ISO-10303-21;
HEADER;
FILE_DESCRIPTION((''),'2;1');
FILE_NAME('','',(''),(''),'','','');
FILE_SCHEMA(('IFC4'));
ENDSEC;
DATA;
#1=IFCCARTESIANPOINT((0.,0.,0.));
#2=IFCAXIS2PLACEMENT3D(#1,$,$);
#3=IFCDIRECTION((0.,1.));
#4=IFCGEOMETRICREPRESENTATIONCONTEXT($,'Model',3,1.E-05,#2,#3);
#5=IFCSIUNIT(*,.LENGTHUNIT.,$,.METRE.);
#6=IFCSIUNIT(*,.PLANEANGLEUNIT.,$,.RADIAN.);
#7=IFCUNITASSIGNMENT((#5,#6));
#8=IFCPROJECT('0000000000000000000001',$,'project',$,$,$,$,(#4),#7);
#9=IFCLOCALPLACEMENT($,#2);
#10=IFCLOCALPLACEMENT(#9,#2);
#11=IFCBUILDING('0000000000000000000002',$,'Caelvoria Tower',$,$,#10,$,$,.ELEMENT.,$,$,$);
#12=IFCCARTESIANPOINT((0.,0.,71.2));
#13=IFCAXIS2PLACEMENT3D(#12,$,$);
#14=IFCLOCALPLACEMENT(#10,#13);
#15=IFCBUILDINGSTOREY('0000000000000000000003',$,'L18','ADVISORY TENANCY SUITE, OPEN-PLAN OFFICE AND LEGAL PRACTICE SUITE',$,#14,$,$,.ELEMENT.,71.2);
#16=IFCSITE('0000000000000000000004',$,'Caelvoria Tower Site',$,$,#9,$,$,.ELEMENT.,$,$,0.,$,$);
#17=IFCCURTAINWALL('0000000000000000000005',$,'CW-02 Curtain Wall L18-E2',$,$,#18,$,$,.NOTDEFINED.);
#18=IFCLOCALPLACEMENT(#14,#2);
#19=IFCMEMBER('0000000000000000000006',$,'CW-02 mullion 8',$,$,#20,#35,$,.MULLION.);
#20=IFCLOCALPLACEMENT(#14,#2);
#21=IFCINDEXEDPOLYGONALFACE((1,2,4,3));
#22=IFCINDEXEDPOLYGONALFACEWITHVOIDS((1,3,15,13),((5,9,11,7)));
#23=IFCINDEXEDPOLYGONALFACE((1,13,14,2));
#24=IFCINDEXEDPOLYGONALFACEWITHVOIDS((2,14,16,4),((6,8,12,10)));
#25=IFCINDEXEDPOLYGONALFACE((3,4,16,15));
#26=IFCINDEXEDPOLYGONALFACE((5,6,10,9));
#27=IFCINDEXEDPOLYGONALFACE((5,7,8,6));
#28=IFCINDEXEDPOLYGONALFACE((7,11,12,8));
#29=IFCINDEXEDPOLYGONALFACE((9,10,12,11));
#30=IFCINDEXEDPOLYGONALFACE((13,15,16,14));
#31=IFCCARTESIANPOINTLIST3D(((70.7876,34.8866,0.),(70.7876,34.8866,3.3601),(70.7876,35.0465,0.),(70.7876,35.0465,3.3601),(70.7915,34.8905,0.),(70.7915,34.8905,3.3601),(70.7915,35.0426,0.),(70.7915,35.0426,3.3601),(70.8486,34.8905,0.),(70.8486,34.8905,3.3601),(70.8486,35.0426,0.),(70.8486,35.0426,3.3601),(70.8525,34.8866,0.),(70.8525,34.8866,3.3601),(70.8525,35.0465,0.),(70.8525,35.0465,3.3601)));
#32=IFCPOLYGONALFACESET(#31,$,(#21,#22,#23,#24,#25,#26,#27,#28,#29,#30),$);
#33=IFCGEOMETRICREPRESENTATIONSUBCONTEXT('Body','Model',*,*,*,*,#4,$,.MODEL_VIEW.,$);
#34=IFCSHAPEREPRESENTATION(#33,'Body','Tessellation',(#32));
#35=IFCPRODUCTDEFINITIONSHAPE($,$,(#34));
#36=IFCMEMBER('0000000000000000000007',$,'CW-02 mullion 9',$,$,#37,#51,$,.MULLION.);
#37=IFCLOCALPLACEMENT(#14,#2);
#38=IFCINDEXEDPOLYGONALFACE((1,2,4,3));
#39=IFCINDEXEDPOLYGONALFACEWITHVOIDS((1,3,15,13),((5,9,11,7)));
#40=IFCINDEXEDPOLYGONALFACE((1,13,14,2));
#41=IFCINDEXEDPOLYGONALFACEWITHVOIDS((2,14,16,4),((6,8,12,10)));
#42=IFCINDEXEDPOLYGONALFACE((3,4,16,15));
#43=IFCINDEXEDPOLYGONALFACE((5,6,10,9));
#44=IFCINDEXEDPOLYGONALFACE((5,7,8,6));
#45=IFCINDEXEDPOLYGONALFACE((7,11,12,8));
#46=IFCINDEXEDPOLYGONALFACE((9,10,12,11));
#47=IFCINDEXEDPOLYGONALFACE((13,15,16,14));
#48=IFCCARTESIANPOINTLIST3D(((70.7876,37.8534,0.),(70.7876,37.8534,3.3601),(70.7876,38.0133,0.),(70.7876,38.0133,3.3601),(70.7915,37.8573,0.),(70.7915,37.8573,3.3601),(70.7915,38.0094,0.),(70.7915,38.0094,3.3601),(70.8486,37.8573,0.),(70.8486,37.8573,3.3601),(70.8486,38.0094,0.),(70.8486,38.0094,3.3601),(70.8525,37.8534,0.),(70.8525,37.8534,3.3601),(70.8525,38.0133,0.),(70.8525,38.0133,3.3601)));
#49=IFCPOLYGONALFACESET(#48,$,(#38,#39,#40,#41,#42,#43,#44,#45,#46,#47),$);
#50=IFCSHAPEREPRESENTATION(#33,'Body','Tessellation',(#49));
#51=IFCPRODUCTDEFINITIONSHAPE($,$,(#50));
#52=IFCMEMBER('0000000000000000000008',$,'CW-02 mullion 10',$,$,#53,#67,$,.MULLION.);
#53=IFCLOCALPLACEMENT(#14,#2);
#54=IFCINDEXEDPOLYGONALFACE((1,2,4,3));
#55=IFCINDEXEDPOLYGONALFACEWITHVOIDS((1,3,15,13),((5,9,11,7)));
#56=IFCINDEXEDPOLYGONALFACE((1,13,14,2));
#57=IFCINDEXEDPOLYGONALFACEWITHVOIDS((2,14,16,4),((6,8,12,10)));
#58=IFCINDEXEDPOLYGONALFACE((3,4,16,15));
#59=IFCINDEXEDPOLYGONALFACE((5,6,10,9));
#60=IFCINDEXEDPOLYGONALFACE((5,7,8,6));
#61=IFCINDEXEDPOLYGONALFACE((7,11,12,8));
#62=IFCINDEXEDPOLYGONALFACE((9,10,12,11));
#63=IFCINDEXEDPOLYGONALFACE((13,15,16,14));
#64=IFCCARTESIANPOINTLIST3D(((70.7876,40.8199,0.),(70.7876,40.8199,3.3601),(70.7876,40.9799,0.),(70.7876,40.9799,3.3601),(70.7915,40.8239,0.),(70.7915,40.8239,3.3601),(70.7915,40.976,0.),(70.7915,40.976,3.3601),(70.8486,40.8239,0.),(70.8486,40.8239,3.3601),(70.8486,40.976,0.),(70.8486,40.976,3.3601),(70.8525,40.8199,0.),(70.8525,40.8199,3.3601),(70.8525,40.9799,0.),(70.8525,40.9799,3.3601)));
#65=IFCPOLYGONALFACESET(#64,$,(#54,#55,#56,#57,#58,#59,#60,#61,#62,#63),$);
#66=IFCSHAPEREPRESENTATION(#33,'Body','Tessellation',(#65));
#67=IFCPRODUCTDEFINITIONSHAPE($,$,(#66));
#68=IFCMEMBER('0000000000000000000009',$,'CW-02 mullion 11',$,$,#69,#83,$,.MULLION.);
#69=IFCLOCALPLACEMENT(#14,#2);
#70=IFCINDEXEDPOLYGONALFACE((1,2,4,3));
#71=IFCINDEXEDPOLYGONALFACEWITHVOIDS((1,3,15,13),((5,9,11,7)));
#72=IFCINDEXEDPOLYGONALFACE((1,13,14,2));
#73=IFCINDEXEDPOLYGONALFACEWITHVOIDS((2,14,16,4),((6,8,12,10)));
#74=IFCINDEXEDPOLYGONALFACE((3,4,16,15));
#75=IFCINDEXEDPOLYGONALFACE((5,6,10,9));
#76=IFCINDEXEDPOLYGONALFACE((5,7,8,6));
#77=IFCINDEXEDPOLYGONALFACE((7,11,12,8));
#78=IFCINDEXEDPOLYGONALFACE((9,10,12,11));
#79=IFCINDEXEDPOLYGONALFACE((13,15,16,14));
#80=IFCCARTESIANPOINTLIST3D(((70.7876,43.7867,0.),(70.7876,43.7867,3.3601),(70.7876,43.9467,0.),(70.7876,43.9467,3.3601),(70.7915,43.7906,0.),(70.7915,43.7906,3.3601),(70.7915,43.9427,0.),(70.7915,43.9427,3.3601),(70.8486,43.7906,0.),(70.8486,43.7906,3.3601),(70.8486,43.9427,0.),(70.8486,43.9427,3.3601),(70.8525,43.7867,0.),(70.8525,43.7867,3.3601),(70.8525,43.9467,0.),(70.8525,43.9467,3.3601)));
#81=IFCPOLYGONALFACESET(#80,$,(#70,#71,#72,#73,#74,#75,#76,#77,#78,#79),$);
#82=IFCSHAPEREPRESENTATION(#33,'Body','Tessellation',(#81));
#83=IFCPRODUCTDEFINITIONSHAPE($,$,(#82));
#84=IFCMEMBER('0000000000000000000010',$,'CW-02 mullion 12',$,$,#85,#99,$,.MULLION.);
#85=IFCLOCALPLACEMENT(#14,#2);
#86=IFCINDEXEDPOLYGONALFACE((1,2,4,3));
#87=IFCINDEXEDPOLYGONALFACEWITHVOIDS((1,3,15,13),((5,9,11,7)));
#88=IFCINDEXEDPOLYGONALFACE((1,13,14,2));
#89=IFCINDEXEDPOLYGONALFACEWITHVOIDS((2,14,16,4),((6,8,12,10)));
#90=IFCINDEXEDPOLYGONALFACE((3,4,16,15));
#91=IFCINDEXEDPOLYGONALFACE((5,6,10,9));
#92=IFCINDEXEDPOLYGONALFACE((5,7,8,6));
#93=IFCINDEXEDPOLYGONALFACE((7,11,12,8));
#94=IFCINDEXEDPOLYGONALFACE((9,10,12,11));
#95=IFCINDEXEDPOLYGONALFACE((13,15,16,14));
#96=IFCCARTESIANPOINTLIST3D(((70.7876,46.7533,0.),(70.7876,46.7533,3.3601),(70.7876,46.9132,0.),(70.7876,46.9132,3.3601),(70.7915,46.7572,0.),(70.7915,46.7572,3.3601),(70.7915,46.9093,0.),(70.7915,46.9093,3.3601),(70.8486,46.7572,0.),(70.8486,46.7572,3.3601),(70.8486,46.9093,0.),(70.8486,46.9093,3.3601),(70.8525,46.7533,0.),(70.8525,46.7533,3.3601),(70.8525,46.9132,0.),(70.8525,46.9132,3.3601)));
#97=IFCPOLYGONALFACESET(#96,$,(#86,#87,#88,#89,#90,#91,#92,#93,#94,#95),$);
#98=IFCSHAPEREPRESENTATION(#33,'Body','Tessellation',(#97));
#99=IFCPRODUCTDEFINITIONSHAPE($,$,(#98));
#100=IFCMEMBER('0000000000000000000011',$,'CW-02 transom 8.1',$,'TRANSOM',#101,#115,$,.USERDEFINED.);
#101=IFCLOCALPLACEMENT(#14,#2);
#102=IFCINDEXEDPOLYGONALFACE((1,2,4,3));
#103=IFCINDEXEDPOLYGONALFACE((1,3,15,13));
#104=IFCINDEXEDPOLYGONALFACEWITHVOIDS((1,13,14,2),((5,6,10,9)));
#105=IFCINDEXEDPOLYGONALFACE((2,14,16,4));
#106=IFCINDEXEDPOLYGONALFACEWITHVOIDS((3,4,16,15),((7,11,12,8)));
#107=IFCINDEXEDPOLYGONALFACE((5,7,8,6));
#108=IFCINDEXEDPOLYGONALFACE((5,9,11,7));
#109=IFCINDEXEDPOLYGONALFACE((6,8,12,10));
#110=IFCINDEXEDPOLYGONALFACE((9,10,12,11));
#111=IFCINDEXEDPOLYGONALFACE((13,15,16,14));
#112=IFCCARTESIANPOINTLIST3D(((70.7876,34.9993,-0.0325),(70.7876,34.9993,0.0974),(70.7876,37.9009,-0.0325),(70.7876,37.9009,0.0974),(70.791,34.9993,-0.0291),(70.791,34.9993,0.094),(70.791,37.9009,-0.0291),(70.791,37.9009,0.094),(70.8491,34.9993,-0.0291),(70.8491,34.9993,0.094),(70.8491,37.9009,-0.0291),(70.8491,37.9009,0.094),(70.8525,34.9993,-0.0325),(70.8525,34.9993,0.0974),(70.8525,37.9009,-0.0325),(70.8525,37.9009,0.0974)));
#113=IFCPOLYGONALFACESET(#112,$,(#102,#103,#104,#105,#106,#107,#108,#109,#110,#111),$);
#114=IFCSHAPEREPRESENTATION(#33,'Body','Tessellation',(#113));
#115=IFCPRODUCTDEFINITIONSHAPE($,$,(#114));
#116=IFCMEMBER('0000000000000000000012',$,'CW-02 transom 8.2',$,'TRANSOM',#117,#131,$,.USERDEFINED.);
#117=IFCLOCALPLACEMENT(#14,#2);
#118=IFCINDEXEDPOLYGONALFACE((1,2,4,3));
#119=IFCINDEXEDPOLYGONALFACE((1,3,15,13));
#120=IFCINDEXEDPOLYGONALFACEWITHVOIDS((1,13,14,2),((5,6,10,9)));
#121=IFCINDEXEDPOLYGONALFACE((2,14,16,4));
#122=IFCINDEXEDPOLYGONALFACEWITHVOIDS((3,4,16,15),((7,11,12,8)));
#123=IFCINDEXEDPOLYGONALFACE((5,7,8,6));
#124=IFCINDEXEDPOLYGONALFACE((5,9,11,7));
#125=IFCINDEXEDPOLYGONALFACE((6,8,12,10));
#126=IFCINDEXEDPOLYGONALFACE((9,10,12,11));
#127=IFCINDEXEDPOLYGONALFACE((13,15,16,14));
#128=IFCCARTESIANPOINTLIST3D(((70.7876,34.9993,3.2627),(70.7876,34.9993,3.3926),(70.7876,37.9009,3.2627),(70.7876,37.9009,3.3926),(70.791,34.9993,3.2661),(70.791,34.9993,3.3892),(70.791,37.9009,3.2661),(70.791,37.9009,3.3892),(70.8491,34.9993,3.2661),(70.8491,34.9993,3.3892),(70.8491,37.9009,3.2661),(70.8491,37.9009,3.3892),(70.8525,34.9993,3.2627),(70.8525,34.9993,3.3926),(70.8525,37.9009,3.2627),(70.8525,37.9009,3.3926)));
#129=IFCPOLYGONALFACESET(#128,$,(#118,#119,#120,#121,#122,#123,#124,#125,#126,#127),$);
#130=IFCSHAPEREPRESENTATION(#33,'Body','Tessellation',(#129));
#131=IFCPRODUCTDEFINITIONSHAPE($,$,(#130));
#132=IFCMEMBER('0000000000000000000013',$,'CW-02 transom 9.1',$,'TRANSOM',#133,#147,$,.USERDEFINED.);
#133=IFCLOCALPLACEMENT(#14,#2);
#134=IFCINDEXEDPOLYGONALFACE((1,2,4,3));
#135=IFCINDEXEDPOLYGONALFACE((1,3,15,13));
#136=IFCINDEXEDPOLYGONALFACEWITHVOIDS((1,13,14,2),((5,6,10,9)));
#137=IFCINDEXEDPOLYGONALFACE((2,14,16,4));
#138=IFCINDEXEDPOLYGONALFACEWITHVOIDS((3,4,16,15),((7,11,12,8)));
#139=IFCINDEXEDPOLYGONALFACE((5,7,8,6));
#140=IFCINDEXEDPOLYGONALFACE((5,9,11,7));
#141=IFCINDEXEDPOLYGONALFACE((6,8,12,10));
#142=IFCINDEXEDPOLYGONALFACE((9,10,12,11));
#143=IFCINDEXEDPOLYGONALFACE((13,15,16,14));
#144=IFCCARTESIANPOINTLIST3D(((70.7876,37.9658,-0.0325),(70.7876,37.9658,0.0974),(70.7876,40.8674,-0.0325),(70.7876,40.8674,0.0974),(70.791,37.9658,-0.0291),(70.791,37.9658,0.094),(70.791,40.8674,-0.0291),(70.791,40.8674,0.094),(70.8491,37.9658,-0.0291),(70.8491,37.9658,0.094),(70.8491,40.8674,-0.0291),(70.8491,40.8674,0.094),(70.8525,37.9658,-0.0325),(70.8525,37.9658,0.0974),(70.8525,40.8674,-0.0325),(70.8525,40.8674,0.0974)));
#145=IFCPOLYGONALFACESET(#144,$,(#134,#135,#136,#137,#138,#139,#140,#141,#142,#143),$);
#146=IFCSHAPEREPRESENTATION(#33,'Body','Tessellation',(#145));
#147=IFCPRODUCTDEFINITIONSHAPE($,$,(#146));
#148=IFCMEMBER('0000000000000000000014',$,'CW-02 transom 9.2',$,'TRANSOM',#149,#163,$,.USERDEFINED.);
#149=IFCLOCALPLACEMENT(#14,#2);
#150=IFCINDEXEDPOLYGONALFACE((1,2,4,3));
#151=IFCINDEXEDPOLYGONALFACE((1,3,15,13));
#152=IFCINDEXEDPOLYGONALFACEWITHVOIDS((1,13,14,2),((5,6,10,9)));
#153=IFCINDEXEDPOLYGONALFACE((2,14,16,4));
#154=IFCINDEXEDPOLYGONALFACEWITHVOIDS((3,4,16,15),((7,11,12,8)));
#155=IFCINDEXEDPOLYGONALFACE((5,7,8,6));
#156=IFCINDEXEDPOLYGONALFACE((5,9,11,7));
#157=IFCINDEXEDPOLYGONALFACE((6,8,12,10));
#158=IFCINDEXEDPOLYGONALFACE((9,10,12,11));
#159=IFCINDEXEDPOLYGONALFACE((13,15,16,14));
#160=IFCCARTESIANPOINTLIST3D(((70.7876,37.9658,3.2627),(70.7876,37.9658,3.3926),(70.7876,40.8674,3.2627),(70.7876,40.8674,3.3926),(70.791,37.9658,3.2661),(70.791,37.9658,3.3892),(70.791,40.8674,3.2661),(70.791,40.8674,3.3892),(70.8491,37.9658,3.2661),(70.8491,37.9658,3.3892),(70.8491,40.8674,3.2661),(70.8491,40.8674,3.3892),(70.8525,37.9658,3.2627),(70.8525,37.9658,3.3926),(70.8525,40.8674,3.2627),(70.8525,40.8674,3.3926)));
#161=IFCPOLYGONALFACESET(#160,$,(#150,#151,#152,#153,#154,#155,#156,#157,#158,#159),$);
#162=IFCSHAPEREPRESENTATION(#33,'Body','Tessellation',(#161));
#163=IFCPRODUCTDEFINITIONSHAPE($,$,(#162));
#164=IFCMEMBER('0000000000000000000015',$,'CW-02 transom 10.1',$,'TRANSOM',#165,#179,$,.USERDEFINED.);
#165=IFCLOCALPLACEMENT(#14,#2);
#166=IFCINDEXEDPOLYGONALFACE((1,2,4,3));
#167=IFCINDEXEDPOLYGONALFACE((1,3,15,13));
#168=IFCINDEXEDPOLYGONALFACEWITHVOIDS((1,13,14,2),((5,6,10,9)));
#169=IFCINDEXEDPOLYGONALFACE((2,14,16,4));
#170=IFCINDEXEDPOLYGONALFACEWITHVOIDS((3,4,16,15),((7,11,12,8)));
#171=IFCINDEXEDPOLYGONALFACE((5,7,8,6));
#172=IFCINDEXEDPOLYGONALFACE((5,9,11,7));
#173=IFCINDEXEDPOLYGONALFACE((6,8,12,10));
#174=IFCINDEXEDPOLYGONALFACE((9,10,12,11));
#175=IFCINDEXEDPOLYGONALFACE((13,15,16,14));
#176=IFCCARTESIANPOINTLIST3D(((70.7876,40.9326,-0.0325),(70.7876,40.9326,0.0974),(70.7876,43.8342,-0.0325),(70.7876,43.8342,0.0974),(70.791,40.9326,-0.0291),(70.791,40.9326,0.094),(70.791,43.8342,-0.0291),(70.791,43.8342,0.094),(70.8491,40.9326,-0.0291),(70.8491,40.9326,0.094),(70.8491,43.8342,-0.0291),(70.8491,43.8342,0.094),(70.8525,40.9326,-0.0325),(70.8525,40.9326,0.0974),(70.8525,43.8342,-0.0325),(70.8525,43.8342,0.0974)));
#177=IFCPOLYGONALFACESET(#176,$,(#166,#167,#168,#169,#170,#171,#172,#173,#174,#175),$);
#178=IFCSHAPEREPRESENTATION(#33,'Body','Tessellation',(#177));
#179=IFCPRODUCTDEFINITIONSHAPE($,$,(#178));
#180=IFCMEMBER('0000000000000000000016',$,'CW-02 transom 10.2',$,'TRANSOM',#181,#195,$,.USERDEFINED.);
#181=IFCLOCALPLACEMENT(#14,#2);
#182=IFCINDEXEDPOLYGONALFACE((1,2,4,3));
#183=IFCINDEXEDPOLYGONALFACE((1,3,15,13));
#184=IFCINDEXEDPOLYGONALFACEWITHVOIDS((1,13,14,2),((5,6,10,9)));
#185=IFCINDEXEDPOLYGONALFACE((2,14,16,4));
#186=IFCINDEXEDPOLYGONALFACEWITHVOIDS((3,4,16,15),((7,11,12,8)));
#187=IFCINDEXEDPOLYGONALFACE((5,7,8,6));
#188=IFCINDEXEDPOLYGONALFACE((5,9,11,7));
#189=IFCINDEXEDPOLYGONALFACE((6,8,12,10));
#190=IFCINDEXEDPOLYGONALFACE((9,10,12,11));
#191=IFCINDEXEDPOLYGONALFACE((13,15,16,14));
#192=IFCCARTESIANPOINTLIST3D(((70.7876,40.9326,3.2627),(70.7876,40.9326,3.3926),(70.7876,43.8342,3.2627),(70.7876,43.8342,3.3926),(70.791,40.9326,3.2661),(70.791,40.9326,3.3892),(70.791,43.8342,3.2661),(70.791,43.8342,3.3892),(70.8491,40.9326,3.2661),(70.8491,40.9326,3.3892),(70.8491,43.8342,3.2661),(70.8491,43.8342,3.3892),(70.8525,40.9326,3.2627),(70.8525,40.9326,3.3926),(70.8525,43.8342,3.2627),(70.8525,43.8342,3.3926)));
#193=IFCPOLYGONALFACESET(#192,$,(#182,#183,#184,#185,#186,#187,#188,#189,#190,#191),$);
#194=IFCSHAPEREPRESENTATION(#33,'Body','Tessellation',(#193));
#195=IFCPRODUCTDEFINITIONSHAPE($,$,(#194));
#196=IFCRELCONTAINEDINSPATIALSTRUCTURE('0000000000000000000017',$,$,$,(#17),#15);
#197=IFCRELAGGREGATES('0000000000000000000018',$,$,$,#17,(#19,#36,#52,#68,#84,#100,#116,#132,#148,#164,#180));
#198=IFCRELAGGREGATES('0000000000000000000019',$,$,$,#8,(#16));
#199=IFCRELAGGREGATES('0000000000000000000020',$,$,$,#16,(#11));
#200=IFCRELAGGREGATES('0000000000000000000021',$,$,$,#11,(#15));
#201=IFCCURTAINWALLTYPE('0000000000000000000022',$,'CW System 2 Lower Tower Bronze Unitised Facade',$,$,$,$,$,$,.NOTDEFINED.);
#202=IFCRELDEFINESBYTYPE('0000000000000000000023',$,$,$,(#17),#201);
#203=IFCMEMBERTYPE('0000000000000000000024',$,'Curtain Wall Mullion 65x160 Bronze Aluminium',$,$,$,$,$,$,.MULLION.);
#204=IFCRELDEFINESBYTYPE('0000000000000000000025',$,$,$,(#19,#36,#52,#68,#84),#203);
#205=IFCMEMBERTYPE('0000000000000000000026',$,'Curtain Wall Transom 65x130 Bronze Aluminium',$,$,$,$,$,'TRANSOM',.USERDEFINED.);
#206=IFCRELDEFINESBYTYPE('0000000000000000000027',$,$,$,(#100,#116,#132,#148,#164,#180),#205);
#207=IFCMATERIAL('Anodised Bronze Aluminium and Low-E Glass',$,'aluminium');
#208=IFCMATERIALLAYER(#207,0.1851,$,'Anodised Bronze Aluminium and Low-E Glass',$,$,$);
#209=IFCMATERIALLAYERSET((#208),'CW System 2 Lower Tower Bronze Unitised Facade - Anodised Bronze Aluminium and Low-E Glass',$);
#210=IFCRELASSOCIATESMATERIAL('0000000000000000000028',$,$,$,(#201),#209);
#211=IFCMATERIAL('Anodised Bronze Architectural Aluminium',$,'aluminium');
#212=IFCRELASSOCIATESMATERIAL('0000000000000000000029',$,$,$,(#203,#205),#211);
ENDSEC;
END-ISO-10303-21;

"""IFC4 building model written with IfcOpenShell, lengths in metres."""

from ifc_helpers import new_model, si_unit, direction, frame, origin, origin_2d, place, context, subcontext, project, spatial, hollow_rectangle, extrude, material, layer, layer_set, material_profile, profile_set, type_object, element, aggregate, save


model = new_model("IFC4")

# Units and contexts
model_context = context("Model", 3, precision=1e-05, world=origin(), true_north=direction((0.0, 1.0)))
body_context = subcontext(model_context, "Body", "Model", "MODEL_VIEW")
ifc_project = project(units=[si_unit("LENGTHUNIT", "METRE"), si_unit("PLANEANGLEUNIT", "RADIAN")], contexts=[model_context])

# Site, building, storey
site_placement = place(None, origin())
site = spatial("IfcSite", under=ifc_project, at=site_placement, Name="Caelvoria Tower Site", CompositionType="ELEMENT", RefElevation=0.0)
building_placement = place(site_placement, origin())
building = spatial("IfcBuilding", under=site, at=building_placement, Name="Caelvoria Tower", CompositionType="ELEMENT")
storey_placement = place(building_placement, frame((0.0, 0.0, 71.2)))
storey = spatial("IfcBuildingStorey", under=building, at=storey_placement, Name="L18", Description="ADVISORY TENANCY SUITE, OPEN-PLAN OFFICE AND LEGAL PRACTICE SUITE", CompositionType="ELEMENT", Elevation=71.2)

# Curtain wall, members
ifc_material_1 = material(Name="Anodised Bronze Aluminium and Low-E Glass", Category="aluminium")
ifc_layer_1 = layer(ifc_material_1, 0.1851, Name="Anodised Bronze Aluminium and Low-E Glass")
ifc_layer_set_1 = layer_set([ifc_layer_1], Name="CW System 2 Lower Tower Bronze Unitised Facade - Anodised Bronze Aluminium and Low-E Glass")
curtain_wall_type = type_object("IfcCurtainWallType", Name="CW System 2 Lower Tower Bronze Unitised Facade", PredefinedType="NOTDEFINED", material=ifc_layer_set_1)
curtain_wall_placement = place(storey_placement, origin())
curtain_wall = element("IfcCurtainWall", 1, at=curtain_wall_placement, inside=storey, type_object=curtain_wall_type, Name="CW-02 Curtain Wall L18-E2", PredefinedType="NOTDEFINED")
ifc_material_2 = material(Name="Anodised Bronze Architectural Aluminium", Category="aluminium")
ifc_material_profile_1 = material_profile(ifc_material_2, hollow_rectangle(XDim=0.0649, YDim=0.1599, WallThickness=0.0039, at=origin_2d()), Name="Anodised Bronze Architectural Aluminium")
ifc_profile_set_1 = profile_set([ifc_material_profile_1], Name="CW_MULL_65X160 - Anodised Bronze Architectural Aluminium")
member_type_1 = type_object("IfcMemberType", Name="Curtain Wall Mullion 65x160 Bronze Aluminium", PredefinedType="MULLION", material=ifc_profile_set_1)
member_1_placement = place(storey_placement, frame((70.8201, 34.9666, 0.0), z_axis=(0.0, 0.0, 1.0), x_axis=(-1.0, 0.0, 0.0)))
member_1 = element("IfcMember", 2, at=member_1_placement, type_object=member_type_1, Name="CW-02 mullion 8", PredefinedType="MULLION", context=body_context, shape_type="SweptSolid", body=[
    extrude(hollow_rectangle(XDim=0.0649, YDim=0.1599, WallThickness=0.0039, at=origin_2d()), origin(), (0.0, 0.0, 1.0), 3.3601),
])
member_2_placement = place(storey_placement, frame((70.8201, 37.9333, 0.0), z_axis=(0.0, 0.0, 1.0), x_axis=(-1.0, 0.0, 0.0)))
member_2 = element("IfcMember", 3, at=member_2_placement, type_object=member_type_1, Name="CW-02 mullion 9", PredefinedType="MULLION", context=body_context, shape_type="SweptSolid", body=[
    extrude(hollow_rectangle(XDim=0.0649, YDim=0.1599, WallThickness=0.0039, at=origin_2d()), origin(), (0.0, 0.0, 1.0), 3.3601),
])
member_3_placement = place(storey_placement, frame((70.8201, 40.8999, 0.0), z_axis=(0.0, 0.0, 1.0), x_axis=(-1.0, 0.0, 0.0)))
member_3 = element("IfcMember", 4, at=member_3_placement, type_object=member_type_1, Name="CW-02 mullion 10", PredefinedType="MULLION", context=body_context, shape_type="SweptSolid", body=[
    extrude(hollow_rectangle(XDim=0.0649, YDim=0.1599, WallThickness=0.0039, at=origin_2d()), origin(), (0.0, 0.0, 1.0), 3.3601),
])
member_4_placement = place(storey_placement, frame((70.8201, 43.8667, 0.0), z_axis=(0.0, 0.0, 1.0), x_axis=(-1.0, 0.0, 0.0)))
member_4 = element("IfcMember", 5, at=member_4_placement, type_object=member_type_1, Name="CW-02 mullion 11", PredefinedType="MULLION", context=body_context, shape_type="SweptSolid", body=[
    extrude(hollow_rectangle(XDim=0.0649, YDim=0.1599, WallThickness=0.0039, at=origin_2d()), origin(), (0.0, 0.0, 1.0), 3.3601),
])
member_5_placement = place(storey_placement, frame((70.8201, 46.8333, 0.0), z_axis=(0.0, 0.0, 1.0), x_axis=(-1.0, 0.0, 0.0)))
member_5 = element("IfcMember", 6, at=member_5_placement, type_object=member_type_1, Name="CW-02 mullion 12", PredefinedType="MULLION", context=body_context, shape_type="SweptSolid", body=[
    extrude(hollow_rectangle(XDim=0.0649, YDim=0.1599, WallThickness=0.0039, at=origin_2d()), origin(), (0.0, 0.0, 1.0), 3.3601),
])
ifc_material_profile_2 = material_profile(ifc_material_2, hollow_rectangle(XDim=0.0649, YDim=0.1299, WallThickness=0.0034, at=origin_2d()), Name="Anodised Bronze Architectural Aluminium")
ifc_profile_set_2 = profile_set([ifc_material_profile_2], Name="CW_TRAN_65X130 - Anodised Bronze Architectural Aluminium")
member_type_2 = type_object("IfcMemberType", Name="Curtain Wall Transom 65x130 Bronze Aluminium", ElementType="TRANSOM", PredefinedType="USERDEFINED", material=ifc_profile_set_2)
member_6_placement = place(storey_placement, frame((70.8201, 34.9993, 0.0325), z_axis=(0.0, 1.0, 0.0), x_axis=(-1.0, 0.0, 0.0)))
member_6 = element("IfcMember", 7, at=member_6_placement, type_object=member_type_2, Name="CW-02 transom 8.1", ObjectType="TRANSOM", PredefinedType="USERDEFINED", context=body_context, shape_type="SweptSolid", body=[
    extrude(hollow_rectangle(XDim=0.0649, YDim=0.1299, WallThickness=0.0034, at=origin_2d()), origin(), (0.0, 0.0, 1.0), 2.9016),
])
member_7_placement = place(storey_placement, frame((70.8201, 34.9993, 3.3276), z_axis=(0.0, 1.0, 0.0), x_axis=(-1.0, 0.0, 0.0)))
member_7 = element("IfcMember", 8, at=member_7_placement, type_object=member_type_2, Name="CW-02 transom 8.2", ObjectType="TRANSOM", PredefinedType="USERDEFINED", context=body_context, shape_type="SweptSolid", body=[
    extrude(hollow_rectangle(XDim=0.0649, YDim=0.1299, WallThickness=0.0034, at=origin_2d()), origin(), (0.0, 0.0, 1.0), 2.9016),
])
member_8_placement = place(storey_placement, frame((70.8201, 37.9658, 0.0325), z_axis=(0.0, 1.0, 0.0), x_axis=(-1.0, 0.0, 0.0)))
member_8 = element("IfcMember", 9, at=member_8_placement, type_object=member_type_2, Name="CW-02 transom 9.1", ObjectType="TRANSOM", PredefinedType="USERDEFINED", context=body_context, shape_type="SweptSolid", body=[
    extrude(hollow_rectangle(XDim=0.0649, YDim=0.1299, WallThickness=0.0034, at=origin_2d()), origin(), (0.0, 0.0, 1.0), 2.9016),
])
member_9_placement = place(storey_placement, frame((70.8201, 37.9658, 3.3276), z_axis=(0.0, 1.0, 0.0), x_axis=(-1.0, 0.0, 0.0)))
member_9 = element("IfcMember", 10, at=member_9_placement, type_object=member_type_2, Name="CW-02 transom 9.2", ObjectType="TRANSOM", PredefinedType="USERDEFINED", context=body_context, shape_type="SweptSolid", body=[
    extrude(hollow_rectangle(XDim=0.0649, YDim=0.1299, WallThickness=0.0034, at=origin_2d()), origin(), (0.0, 0.0, 1.0), 2.9016),
])
member_10_placement = place(storey_placement, frame((70.8201, 40.9326, 0.0325), z_axis=(0.0, 1.0, 0.0), x_axis=(-1.0, 0.0, 0.0)))
member_10 = element("IfcMember", 11, at=member_10_placement, type_object=member_type_2, Name="CW-02 transom 10.1", ObjectType="TRANSOM", PredefinedType="USERDEFINED", context=body_context, shape_type="SweptSolid", body=[
    extrude(hollow_rectangle(XDim=0.0649, YDim=0.1299, WallThickness=0.0034, at=origin_2d()), origin(), (0.0, 0.0, 1.0), 2.9016),
])
member_11_placement = place(storey_placement, frame((70.8201, 40.9326, 3.3276), z_axis=(0.0, 1.0, 0.0), x_axis=(-1.0, 0.0, 0.0)))
member_11 = element("IfcMember", 12, at=member_11_placement, type_object=member_type_2, Name="CW-02 transom 10.2", ObjectType="TRANSOM", PredefinedType="USERDEFINED", context=body_context, shape_type="SweptSolid", body=[
    extrude(hollow_rectangle(XDim=0.0649, YDim=0.1299, WallThickness=0.0034, at=origin_2d()), origin(), (0.0, 0.0, 1.0), 2.9016),
])
aggregate(curtain_wall, [member_1, member_2, member_3, member_4, member_5, member_6, member_7, member_8, member_9, member_10, member_11])

save(model, "model.ifc")
